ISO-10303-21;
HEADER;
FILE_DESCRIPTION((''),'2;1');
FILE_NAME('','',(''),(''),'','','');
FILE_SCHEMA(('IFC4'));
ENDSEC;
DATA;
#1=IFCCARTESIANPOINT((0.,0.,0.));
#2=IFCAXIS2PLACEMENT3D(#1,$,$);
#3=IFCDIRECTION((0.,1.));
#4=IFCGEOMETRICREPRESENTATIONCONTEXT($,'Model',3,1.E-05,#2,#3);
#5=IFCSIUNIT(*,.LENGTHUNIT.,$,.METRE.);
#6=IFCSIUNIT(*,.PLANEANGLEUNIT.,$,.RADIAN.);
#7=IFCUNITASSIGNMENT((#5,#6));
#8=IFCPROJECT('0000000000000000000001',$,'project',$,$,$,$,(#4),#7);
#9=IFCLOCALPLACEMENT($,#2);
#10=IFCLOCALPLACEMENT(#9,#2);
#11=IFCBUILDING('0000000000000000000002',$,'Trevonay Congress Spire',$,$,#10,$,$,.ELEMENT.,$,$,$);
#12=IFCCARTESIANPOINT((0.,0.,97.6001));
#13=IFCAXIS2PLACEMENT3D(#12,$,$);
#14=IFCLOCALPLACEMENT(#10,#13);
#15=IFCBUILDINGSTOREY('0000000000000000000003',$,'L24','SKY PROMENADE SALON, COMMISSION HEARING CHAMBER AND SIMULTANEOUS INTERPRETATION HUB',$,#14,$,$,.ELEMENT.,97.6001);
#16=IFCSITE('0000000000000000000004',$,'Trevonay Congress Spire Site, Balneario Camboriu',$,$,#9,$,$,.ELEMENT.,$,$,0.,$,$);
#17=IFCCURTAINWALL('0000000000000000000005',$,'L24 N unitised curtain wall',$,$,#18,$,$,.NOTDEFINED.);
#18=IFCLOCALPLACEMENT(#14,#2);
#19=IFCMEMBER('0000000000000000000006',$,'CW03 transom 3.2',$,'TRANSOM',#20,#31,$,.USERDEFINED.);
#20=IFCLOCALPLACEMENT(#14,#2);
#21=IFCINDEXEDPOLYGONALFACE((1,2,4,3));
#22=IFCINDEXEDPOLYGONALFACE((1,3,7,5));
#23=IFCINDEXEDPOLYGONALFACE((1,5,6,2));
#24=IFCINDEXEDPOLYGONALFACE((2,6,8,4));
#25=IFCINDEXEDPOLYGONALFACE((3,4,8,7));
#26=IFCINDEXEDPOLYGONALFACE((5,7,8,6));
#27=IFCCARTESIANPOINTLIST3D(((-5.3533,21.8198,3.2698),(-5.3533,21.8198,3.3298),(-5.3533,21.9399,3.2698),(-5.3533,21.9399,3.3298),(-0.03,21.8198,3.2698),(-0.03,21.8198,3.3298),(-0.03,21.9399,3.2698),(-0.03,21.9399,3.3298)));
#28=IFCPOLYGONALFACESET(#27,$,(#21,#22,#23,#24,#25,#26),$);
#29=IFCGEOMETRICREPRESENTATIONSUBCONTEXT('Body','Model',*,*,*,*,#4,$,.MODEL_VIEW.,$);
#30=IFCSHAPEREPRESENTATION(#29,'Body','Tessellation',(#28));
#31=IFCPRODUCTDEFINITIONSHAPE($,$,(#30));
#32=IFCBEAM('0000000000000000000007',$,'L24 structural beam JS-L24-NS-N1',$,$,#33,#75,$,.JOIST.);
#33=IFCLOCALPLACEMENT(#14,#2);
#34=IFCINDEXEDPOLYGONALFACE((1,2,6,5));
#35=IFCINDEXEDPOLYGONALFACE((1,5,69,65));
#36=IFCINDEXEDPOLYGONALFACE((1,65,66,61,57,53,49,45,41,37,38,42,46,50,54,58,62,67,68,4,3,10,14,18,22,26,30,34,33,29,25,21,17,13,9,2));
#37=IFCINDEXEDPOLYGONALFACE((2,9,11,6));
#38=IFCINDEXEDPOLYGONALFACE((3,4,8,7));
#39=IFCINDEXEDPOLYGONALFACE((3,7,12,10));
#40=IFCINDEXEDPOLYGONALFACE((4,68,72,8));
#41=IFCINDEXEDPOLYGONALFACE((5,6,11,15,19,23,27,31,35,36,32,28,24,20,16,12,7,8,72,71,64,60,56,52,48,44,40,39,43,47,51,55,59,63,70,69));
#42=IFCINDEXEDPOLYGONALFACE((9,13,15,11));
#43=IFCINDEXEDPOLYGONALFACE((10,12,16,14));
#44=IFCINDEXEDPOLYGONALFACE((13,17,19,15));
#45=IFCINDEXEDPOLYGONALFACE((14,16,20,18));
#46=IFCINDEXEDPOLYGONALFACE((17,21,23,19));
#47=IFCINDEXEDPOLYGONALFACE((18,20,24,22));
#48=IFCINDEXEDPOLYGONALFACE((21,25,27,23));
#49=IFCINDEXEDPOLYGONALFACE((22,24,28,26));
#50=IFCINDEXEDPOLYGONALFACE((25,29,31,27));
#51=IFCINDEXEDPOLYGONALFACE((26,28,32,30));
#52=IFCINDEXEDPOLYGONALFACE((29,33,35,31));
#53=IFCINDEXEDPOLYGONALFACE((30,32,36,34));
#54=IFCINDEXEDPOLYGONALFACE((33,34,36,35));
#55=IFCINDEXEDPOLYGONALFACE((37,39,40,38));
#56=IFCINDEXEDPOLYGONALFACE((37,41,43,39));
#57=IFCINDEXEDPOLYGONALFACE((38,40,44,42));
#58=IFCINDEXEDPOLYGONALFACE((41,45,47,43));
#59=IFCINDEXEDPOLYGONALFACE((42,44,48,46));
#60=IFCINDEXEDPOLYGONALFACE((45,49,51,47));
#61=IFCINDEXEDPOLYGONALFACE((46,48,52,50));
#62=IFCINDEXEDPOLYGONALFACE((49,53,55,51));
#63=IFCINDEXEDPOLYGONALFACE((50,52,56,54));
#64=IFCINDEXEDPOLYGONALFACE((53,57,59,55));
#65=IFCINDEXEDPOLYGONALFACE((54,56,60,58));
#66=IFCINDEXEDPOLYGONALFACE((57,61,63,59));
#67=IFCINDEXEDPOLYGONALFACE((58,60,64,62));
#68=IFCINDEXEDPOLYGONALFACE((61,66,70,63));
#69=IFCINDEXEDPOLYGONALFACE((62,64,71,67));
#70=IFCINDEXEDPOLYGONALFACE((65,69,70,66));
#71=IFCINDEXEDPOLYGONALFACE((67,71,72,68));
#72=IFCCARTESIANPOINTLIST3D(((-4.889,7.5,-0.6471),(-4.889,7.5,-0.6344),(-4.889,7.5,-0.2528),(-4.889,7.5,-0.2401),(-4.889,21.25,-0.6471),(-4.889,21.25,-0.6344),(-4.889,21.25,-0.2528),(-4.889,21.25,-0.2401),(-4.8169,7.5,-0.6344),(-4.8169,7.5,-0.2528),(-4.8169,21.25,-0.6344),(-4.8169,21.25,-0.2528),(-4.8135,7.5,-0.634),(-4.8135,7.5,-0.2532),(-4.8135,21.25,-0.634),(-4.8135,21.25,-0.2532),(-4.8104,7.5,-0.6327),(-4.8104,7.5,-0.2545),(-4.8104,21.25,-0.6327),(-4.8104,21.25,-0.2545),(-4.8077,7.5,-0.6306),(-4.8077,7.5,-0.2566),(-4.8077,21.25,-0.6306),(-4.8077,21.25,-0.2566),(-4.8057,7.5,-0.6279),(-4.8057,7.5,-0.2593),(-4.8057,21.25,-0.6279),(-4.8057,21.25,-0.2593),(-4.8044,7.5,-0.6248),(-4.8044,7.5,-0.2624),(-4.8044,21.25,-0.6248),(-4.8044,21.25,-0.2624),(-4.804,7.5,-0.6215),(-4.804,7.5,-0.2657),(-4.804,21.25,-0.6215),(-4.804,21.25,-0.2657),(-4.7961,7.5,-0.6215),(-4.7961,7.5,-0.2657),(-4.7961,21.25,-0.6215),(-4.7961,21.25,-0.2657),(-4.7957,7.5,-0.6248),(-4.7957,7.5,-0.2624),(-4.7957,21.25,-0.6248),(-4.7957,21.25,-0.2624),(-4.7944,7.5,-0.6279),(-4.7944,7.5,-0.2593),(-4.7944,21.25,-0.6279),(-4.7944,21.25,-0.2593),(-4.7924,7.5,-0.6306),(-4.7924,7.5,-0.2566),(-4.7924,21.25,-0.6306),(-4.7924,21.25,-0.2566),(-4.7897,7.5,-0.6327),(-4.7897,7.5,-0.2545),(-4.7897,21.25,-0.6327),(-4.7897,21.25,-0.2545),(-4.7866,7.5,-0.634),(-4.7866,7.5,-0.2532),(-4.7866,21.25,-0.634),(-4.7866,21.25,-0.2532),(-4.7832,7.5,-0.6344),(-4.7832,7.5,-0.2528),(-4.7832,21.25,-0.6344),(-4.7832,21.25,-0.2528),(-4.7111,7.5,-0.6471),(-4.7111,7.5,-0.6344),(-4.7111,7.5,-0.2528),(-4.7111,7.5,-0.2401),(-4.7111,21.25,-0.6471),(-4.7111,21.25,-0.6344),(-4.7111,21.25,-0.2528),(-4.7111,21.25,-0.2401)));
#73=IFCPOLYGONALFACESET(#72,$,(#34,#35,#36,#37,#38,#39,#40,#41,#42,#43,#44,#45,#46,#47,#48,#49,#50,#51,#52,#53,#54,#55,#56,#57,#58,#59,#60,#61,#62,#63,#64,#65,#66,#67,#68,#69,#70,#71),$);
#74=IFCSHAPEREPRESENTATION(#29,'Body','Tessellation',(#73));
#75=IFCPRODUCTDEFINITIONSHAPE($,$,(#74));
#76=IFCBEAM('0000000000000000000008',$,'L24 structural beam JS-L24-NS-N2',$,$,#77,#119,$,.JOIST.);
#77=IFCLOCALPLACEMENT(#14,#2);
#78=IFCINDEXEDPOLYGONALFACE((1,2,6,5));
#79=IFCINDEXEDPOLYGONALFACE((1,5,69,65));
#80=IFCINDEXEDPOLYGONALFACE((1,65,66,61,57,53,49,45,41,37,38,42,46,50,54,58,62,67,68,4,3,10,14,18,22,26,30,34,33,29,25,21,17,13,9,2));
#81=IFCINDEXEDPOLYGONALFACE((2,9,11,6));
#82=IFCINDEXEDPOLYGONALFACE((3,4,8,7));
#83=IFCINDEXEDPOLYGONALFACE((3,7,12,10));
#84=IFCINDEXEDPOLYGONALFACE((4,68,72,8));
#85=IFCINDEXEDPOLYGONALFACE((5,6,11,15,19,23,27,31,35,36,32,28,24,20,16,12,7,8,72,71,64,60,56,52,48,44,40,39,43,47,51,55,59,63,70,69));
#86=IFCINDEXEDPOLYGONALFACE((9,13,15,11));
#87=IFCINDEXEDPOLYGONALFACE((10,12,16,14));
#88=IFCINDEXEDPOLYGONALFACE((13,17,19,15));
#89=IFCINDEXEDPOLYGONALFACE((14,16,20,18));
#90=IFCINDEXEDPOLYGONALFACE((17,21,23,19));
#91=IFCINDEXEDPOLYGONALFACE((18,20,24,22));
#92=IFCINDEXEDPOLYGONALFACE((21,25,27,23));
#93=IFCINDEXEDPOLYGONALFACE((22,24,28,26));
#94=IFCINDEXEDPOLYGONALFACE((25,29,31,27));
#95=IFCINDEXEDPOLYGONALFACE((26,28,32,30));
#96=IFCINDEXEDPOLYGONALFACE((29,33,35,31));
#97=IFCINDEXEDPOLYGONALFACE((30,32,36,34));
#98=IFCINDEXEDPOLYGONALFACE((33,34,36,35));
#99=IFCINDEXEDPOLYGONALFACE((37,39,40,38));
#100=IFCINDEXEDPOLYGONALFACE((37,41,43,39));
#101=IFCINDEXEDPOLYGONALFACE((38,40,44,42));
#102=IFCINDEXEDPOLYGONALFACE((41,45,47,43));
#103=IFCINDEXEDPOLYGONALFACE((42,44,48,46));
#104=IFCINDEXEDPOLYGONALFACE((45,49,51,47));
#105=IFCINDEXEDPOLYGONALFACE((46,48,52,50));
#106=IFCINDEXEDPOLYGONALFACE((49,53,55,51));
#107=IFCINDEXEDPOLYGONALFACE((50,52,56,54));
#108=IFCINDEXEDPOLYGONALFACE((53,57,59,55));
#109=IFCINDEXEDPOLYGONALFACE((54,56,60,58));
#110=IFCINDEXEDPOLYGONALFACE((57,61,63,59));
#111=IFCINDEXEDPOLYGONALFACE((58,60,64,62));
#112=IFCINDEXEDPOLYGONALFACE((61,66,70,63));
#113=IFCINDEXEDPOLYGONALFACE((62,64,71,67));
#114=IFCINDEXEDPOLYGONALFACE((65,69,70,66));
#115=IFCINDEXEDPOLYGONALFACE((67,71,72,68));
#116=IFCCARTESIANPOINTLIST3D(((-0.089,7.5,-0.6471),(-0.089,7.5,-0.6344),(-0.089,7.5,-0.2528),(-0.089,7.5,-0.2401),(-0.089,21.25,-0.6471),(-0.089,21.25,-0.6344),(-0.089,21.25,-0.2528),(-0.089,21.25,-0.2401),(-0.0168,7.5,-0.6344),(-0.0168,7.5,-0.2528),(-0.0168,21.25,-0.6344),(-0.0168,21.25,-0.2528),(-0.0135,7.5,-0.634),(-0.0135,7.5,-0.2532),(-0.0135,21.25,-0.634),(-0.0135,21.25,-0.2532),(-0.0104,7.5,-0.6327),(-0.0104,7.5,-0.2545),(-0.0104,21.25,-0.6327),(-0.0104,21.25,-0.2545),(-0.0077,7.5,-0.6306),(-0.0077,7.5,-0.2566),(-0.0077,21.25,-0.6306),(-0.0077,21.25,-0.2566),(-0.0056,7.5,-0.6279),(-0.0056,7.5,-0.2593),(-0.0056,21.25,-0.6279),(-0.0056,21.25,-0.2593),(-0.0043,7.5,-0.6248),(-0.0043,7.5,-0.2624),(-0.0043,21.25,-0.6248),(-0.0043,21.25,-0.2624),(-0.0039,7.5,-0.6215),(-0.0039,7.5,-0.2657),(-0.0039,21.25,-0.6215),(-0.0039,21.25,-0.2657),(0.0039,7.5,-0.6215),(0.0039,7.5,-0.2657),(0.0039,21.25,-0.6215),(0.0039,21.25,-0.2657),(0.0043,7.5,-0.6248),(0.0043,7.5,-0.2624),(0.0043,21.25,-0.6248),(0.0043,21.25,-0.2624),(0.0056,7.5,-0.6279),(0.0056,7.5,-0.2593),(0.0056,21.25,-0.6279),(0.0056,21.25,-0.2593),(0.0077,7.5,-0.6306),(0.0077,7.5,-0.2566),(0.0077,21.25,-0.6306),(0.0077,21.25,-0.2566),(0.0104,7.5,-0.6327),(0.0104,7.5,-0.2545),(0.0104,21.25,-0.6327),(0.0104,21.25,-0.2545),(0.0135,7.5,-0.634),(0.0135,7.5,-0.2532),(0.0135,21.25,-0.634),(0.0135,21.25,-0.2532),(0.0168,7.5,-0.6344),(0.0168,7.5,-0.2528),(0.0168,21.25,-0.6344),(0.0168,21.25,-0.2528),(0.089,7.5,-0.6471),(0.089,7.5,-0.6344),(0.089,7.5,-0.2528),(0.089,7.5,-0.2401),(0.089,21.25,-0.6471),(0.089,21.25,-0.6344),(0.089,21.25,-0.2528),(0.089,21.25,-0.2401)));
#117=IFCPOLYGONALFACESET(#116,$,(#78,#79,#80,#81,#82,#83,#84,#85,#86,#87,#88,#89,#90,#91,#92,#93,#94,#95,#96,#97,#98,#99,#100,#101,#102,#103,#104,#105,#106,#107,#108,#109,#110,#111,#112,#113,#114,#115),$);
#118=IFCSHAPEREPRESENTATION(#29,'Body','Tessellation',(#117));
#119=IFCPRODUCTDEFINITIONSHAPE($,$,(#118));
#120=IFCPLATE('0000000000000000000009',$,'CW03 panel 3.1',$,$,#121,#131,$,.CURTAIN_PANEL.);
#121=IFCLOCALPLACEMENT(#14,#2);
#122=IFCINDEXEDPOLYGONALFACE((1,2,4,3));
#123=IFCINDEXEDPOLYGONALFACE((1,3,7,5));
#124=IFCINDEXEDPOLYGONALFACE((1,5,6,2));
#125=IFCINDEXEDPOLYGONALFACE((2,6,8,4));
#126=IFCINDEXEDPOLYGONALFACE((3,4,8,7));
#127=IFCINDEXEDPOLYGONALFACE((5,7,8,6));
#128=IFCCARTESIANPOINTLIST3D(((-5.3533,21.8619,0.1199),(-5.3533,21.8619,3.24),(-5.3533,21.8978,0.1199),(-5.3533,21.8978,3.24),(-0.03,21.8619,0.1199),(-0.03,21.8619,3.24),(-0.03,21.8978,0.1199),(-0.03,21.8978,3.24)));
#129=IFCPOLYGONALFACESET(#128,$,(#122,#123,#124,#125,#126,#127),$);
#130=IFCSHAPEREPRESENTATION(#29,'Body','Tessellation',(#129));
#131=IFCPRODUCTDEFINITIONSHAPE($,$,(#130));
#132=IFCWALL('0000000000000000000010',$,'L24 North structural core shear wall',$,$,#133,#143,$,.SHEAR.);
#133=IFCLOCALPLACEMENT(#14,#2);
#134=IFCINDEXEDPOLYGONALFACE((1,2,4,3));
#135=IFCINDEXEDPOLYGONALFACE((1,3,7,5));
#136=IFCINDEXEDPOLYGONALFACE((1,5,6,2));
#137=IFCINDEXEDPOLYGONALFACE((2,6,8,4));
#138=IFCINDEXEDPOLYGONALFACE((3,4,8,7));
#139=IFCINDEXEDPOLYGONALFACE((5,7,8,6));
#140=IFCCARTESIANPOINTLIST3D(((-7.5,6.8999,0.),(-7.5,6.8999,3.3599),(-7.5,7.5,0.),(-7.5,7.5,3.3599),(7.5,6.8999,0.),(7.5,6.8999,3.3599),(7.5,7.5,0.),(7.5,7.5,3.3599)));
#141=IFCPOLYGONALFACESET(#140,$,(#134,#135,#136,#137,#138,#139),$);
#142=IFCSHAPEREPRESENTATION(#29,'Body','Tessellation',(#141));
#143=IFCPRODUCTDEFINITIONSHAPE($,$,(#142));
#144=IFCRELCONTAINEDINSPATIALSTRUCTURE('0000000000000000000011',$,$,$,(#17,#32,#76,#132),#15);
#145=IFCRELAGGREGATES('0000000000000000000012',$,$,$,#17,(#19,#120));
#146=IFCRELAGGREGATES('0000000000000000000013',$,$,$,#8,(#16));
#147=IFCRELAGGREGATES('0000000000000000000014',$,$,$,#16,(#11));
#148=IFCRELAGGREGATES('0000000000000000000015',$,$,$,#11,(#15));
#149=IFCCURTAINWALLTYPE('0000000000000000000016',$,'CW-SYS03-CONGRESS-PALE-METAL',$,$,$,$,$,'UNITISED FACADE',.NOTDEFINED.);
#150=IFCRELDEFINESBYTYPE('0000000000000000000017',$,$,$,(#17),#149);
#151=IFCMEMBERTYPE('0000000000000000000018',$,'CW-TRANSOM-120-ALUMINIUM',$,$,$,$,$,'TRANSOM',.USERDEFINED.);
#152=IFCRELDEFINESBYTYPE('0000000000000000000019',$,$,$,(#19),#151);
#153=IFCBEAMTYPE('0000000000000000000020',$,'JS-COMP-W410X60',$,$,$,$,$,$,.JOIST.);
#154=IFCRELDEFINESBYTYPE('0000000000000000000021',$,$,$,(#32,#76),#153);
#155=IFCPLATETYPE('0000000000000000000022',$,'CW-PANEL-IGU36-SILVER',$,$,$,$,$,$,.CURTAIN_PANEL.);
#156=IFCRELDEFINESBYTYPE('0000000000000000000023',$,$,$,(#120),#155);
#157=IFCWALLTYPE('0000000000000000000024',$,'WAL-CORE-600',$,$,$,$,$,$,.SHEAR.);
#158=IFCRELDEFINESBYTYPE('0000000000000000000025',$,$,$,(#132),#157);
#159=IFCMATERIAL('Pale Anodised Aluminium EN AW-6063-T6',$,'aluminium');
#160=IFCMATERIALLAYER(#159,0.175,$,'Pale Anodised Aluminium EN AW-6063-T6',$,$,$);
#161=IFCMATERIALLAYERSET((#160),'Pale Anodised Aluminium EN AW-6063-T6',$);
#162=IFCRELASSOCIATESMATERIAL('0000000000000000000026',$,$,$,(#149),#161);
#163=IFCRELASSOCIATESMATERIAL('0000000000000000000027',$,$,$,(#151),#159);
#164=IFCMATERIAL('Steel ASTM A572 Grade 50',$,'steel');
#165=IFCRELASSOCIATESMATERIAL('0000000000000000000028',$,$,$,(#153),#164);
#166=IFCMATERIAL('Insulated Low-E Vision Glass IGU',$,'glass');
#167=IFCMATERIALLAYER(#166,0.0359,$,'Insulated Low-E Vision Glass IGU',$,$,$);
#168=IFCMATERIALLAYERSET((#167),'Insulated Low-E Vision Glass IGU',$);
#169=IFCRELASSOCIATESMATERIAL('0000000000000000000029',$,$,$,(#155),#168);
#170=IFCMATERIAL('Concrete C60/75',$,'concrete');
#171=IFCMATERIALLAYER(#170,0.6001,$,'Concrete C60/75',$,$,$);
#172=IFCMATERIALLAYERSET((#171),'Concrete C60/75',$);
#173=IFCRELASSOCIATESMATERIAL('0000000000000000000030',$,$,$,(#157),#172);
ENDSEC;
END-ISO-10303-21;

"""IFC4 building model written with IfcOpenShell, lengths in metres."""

from ifc_helpers import new_model, si_unit, direction, frame, frame_2d, origin, origin_2d, place, context, subcontext, project, spatial, rectangle, i_section, extrude, material, layer, layer_set, material_profile, profile_set, type_object, element, aggregate, save


model = new_model("IFC4")

# Units and contexts
model_context = context("Model", 3, precision=1e-05, world=origin(), true_north=direction((0.0, 1.0)))
body_context = subcontext(model_context, "Body", "Model", "MODEL_VIEW")
ifc_project = project(units=[si_unit("LENGTHUNIT", "METRE"), si_unit("PLANEANGLEUNIT", "RADIAN")], contexts=[model_context])

# Site, building, storey
site_placement = place(None, origin())
site = spatial("IfcSite", under=ifc_project, at=site_placement, Name="Trevonay Congress Spire Site, Balneario Camboriu", CompositionType="ELEMENT", RefElevation=0.0)
building_placement = place(site_placement, origin())
building = spatial("IfcBuilding", under=site, at=building_placement, Name="Trevonay Congress Spire", CompositionType="ELEMENT")
storey_placement = place(building_placement, frame((0.0, 0.0, 97.6001)))
storey = spatial("IfcBuildingStorey", under=building, at=storey_placement, Name="L24", Description="SKY PROMENADE SALON, COMMISSION HEARING CHAMBER AND SIMULTANEOUS INTERPRETATION HUB", CompositionType="ELEMENT", Elevation=97.6001)

# Shared definitions
ifc_material_1 = material(Name="Steel ASTM A572 Grade 50", Category="steel")

# Curtain wall, member
ifc_material_2 = material(Name="Pale Anodised Aluminium EN AW-6063-T6", Category="aluminium")
ifc_layer_1 = layer(ifc_material_2, 0.175, Name="Pale Anodised Aluminium EN AW-6063-T6")
ifc_layer_set_1 = layer_set([ifc_layer_1], Name="Pale Anodised Aluminium EN AW-6063-T6")
curtain_wall_type = type_object("IfcCurtainWallType", Name="CW-SYS03-CONGRESS-PALE-METAL", ElementType="UNITISED FACADE", PredefinedType="NOTDEFINED", material=ifc_layer_set_1)
curtain_wall_placement = place(storey_placement, origin())
curtain_wall = element("IfcCurtainWall", 1, at=curtain_wall_placement, inside=storey, type_object=curtain_wall_type, Name="L24 N unitised curtain wall", PredefinedType="NOTDEFINED")
ifc_material_profile_1 = material_profile(ifc_material_2, rectangle(XDim=0.1201, YDim=0.0601, at=origin_2d()), Name="CW-TRANSOM-120-ALUMINIUM")
ifc_profile_set_1 = profile_set([ifc_material_profile_1], Name="Pale Anodised Aluminium EN AW-6063-T6")
member_type_1 = type_object("IfcMemberType", Name="CW-TRANSOM-120-ALUMINIUM", ElementType="TRANSOM", PredefinedType="USERDEFINED", material=ifc_profile_set_1)
member_1_placement = place(storey_placement, frame((-5.3533, 21.8799, 3.2998), z_axis=(1.0, 0.0, 0.0), x_axis=(0.0, 1.0, 0.0)))
member_1 = element("IfcMember", 2, at=member_1_placement, type_object=member_type_1, Name="CW03 transom 3.2", ObjectType="TRANSOM", PredefinedType="USERDEFINED", context=body_context, shape_type="SweptSolid", body=[
    extrude(rectangle(XDim=0.1201, YDim=0.0601, at=origin_2d()), origin(), (0.0, 0.0, 1.0), 5.3232),
])

# Beams
ifc_material_profile_2 = material_profile(ifc_material_1, i_section(OverallWidth=0.178, OverallDepth=0.407, WebThickness=0.0078, FlangeThickness=0.0127, FilletRadius=0.0129, at=origin_2d()), Name="W410x60")
ifc_profile_set_2 = profile_set([ifc_material_profile_2], Name="Steel ASTM A572 Grade 50")
beam_type_1 = type_object("IfcBeamType", Name="JS-COMP-W410X60", PredefinedType="JOIST", material=ifc_profile_set_2)
for number, where, z_axis, x_axis, name in (
    (3, (-4.8, 7.5, -0.4436), (0.0, 1.0, 0.0), (-1.0, 0.0, 0.0), "L24 structural beam JS-L24-NS-N1"),
    (4, (0.0, 7.5, -0.4436), (0.0, 1.0, 0.0), (-1.0, 0.0, 0.0), "L24 structural beam JS-L24-NS-N2"),
):
    element("IfcBeam", number, at=place(storey_placement, frame(where, z_axis=z_axis, x_axis=x_axis)), inside=storey, type_object=beam_type_1, Name=name, PredefinedType="JOIST", context=body_context, shape_type="SweptSolid", body=[
        extrude(i_section(OverallWidth=0.178, OverallDepth=0.407, WebThickness=0.0078, FlangeThickness=0.0127, FilletRadius=0.0129, at=origin_2d()), origin(), (0.0, 0.0, 1.0), 13.75),
    ])

# Plate
ifc_material_3 = material(Name="Insulated Low-E Vision Glass IGU", Category="glass")
ifc_layer_2 = layer(ifc_material_3, 0.0359, Name="Insulated Low-E Vision Glass IGU")
ifc_layer_set_2 = layer_set([ifc_layer_2], Name="Insulated Low-E Vision Glass IGU")
plate_type = type_object("IfcPlateType", Name="CW-PANEL-IGU36-SILVER", PredefinedType="CURTAIN_PANEL", material=ifc_layer_set_2)
plate_placement = place(storey_placement, frame((-2.6917, 21.8799, 0.1199), z_axis=(0.0, 0.0, 1.0), x_axis=(1.0, 0.0, 0.0)))
plate = element("IfcPlate", 5, at=plate_placement, type_object=plate_type, Name="CW03 panel 3.1", PredefinedType="CURTAIN_PANEL", context=body_context, shape_type="SweptSolid", body=[
    extrude(rectangle(XDim=5.3232, YDim=0.0359, at=origin_2d()), origin(), (0.0, 0.0, 1.0), 3.1201),
])
aggregate(curtain_wall, [member_1, plate])

# Wall
ifc_material_4 = material(Name="Concrete C60/75", Category="concrete")
ifc_layer_3 = layer(ifc_material_4, 0.6001, Name="Concrete C60/75")
ifc_layer_set_3 = layer_set([ifc_layer_3], Name="Concrete C60/75")
wall_type_1 = type_object("IfcWallType", Name="WAL-CORE-600", PredefinedType="SHEAR", material=ifc_layer_set_3)
wall_1_placement = place(storey_placement, frame((-7.5, 7.2, 0.0), z_axis=(0.0, 0.0, 1.0), x_axis=(1.0, 0.0, 0.0)))
element("IfcWall", 6, at=wall_1_placement, inside=storey, type_object=wall_type_1, Name="L24 North structural core shear wall", PredefinedType="SHEAR", context=body_context, shape_type="SweptSolid", body=[
    extrude(rectangle(XDim=15.0, YDim=0.6001, at=frame_2d((7.5, 0.0))), origin(), (0.0, 0.0, 1.0), 3.3599),
])

save(model, "model.ifc")
